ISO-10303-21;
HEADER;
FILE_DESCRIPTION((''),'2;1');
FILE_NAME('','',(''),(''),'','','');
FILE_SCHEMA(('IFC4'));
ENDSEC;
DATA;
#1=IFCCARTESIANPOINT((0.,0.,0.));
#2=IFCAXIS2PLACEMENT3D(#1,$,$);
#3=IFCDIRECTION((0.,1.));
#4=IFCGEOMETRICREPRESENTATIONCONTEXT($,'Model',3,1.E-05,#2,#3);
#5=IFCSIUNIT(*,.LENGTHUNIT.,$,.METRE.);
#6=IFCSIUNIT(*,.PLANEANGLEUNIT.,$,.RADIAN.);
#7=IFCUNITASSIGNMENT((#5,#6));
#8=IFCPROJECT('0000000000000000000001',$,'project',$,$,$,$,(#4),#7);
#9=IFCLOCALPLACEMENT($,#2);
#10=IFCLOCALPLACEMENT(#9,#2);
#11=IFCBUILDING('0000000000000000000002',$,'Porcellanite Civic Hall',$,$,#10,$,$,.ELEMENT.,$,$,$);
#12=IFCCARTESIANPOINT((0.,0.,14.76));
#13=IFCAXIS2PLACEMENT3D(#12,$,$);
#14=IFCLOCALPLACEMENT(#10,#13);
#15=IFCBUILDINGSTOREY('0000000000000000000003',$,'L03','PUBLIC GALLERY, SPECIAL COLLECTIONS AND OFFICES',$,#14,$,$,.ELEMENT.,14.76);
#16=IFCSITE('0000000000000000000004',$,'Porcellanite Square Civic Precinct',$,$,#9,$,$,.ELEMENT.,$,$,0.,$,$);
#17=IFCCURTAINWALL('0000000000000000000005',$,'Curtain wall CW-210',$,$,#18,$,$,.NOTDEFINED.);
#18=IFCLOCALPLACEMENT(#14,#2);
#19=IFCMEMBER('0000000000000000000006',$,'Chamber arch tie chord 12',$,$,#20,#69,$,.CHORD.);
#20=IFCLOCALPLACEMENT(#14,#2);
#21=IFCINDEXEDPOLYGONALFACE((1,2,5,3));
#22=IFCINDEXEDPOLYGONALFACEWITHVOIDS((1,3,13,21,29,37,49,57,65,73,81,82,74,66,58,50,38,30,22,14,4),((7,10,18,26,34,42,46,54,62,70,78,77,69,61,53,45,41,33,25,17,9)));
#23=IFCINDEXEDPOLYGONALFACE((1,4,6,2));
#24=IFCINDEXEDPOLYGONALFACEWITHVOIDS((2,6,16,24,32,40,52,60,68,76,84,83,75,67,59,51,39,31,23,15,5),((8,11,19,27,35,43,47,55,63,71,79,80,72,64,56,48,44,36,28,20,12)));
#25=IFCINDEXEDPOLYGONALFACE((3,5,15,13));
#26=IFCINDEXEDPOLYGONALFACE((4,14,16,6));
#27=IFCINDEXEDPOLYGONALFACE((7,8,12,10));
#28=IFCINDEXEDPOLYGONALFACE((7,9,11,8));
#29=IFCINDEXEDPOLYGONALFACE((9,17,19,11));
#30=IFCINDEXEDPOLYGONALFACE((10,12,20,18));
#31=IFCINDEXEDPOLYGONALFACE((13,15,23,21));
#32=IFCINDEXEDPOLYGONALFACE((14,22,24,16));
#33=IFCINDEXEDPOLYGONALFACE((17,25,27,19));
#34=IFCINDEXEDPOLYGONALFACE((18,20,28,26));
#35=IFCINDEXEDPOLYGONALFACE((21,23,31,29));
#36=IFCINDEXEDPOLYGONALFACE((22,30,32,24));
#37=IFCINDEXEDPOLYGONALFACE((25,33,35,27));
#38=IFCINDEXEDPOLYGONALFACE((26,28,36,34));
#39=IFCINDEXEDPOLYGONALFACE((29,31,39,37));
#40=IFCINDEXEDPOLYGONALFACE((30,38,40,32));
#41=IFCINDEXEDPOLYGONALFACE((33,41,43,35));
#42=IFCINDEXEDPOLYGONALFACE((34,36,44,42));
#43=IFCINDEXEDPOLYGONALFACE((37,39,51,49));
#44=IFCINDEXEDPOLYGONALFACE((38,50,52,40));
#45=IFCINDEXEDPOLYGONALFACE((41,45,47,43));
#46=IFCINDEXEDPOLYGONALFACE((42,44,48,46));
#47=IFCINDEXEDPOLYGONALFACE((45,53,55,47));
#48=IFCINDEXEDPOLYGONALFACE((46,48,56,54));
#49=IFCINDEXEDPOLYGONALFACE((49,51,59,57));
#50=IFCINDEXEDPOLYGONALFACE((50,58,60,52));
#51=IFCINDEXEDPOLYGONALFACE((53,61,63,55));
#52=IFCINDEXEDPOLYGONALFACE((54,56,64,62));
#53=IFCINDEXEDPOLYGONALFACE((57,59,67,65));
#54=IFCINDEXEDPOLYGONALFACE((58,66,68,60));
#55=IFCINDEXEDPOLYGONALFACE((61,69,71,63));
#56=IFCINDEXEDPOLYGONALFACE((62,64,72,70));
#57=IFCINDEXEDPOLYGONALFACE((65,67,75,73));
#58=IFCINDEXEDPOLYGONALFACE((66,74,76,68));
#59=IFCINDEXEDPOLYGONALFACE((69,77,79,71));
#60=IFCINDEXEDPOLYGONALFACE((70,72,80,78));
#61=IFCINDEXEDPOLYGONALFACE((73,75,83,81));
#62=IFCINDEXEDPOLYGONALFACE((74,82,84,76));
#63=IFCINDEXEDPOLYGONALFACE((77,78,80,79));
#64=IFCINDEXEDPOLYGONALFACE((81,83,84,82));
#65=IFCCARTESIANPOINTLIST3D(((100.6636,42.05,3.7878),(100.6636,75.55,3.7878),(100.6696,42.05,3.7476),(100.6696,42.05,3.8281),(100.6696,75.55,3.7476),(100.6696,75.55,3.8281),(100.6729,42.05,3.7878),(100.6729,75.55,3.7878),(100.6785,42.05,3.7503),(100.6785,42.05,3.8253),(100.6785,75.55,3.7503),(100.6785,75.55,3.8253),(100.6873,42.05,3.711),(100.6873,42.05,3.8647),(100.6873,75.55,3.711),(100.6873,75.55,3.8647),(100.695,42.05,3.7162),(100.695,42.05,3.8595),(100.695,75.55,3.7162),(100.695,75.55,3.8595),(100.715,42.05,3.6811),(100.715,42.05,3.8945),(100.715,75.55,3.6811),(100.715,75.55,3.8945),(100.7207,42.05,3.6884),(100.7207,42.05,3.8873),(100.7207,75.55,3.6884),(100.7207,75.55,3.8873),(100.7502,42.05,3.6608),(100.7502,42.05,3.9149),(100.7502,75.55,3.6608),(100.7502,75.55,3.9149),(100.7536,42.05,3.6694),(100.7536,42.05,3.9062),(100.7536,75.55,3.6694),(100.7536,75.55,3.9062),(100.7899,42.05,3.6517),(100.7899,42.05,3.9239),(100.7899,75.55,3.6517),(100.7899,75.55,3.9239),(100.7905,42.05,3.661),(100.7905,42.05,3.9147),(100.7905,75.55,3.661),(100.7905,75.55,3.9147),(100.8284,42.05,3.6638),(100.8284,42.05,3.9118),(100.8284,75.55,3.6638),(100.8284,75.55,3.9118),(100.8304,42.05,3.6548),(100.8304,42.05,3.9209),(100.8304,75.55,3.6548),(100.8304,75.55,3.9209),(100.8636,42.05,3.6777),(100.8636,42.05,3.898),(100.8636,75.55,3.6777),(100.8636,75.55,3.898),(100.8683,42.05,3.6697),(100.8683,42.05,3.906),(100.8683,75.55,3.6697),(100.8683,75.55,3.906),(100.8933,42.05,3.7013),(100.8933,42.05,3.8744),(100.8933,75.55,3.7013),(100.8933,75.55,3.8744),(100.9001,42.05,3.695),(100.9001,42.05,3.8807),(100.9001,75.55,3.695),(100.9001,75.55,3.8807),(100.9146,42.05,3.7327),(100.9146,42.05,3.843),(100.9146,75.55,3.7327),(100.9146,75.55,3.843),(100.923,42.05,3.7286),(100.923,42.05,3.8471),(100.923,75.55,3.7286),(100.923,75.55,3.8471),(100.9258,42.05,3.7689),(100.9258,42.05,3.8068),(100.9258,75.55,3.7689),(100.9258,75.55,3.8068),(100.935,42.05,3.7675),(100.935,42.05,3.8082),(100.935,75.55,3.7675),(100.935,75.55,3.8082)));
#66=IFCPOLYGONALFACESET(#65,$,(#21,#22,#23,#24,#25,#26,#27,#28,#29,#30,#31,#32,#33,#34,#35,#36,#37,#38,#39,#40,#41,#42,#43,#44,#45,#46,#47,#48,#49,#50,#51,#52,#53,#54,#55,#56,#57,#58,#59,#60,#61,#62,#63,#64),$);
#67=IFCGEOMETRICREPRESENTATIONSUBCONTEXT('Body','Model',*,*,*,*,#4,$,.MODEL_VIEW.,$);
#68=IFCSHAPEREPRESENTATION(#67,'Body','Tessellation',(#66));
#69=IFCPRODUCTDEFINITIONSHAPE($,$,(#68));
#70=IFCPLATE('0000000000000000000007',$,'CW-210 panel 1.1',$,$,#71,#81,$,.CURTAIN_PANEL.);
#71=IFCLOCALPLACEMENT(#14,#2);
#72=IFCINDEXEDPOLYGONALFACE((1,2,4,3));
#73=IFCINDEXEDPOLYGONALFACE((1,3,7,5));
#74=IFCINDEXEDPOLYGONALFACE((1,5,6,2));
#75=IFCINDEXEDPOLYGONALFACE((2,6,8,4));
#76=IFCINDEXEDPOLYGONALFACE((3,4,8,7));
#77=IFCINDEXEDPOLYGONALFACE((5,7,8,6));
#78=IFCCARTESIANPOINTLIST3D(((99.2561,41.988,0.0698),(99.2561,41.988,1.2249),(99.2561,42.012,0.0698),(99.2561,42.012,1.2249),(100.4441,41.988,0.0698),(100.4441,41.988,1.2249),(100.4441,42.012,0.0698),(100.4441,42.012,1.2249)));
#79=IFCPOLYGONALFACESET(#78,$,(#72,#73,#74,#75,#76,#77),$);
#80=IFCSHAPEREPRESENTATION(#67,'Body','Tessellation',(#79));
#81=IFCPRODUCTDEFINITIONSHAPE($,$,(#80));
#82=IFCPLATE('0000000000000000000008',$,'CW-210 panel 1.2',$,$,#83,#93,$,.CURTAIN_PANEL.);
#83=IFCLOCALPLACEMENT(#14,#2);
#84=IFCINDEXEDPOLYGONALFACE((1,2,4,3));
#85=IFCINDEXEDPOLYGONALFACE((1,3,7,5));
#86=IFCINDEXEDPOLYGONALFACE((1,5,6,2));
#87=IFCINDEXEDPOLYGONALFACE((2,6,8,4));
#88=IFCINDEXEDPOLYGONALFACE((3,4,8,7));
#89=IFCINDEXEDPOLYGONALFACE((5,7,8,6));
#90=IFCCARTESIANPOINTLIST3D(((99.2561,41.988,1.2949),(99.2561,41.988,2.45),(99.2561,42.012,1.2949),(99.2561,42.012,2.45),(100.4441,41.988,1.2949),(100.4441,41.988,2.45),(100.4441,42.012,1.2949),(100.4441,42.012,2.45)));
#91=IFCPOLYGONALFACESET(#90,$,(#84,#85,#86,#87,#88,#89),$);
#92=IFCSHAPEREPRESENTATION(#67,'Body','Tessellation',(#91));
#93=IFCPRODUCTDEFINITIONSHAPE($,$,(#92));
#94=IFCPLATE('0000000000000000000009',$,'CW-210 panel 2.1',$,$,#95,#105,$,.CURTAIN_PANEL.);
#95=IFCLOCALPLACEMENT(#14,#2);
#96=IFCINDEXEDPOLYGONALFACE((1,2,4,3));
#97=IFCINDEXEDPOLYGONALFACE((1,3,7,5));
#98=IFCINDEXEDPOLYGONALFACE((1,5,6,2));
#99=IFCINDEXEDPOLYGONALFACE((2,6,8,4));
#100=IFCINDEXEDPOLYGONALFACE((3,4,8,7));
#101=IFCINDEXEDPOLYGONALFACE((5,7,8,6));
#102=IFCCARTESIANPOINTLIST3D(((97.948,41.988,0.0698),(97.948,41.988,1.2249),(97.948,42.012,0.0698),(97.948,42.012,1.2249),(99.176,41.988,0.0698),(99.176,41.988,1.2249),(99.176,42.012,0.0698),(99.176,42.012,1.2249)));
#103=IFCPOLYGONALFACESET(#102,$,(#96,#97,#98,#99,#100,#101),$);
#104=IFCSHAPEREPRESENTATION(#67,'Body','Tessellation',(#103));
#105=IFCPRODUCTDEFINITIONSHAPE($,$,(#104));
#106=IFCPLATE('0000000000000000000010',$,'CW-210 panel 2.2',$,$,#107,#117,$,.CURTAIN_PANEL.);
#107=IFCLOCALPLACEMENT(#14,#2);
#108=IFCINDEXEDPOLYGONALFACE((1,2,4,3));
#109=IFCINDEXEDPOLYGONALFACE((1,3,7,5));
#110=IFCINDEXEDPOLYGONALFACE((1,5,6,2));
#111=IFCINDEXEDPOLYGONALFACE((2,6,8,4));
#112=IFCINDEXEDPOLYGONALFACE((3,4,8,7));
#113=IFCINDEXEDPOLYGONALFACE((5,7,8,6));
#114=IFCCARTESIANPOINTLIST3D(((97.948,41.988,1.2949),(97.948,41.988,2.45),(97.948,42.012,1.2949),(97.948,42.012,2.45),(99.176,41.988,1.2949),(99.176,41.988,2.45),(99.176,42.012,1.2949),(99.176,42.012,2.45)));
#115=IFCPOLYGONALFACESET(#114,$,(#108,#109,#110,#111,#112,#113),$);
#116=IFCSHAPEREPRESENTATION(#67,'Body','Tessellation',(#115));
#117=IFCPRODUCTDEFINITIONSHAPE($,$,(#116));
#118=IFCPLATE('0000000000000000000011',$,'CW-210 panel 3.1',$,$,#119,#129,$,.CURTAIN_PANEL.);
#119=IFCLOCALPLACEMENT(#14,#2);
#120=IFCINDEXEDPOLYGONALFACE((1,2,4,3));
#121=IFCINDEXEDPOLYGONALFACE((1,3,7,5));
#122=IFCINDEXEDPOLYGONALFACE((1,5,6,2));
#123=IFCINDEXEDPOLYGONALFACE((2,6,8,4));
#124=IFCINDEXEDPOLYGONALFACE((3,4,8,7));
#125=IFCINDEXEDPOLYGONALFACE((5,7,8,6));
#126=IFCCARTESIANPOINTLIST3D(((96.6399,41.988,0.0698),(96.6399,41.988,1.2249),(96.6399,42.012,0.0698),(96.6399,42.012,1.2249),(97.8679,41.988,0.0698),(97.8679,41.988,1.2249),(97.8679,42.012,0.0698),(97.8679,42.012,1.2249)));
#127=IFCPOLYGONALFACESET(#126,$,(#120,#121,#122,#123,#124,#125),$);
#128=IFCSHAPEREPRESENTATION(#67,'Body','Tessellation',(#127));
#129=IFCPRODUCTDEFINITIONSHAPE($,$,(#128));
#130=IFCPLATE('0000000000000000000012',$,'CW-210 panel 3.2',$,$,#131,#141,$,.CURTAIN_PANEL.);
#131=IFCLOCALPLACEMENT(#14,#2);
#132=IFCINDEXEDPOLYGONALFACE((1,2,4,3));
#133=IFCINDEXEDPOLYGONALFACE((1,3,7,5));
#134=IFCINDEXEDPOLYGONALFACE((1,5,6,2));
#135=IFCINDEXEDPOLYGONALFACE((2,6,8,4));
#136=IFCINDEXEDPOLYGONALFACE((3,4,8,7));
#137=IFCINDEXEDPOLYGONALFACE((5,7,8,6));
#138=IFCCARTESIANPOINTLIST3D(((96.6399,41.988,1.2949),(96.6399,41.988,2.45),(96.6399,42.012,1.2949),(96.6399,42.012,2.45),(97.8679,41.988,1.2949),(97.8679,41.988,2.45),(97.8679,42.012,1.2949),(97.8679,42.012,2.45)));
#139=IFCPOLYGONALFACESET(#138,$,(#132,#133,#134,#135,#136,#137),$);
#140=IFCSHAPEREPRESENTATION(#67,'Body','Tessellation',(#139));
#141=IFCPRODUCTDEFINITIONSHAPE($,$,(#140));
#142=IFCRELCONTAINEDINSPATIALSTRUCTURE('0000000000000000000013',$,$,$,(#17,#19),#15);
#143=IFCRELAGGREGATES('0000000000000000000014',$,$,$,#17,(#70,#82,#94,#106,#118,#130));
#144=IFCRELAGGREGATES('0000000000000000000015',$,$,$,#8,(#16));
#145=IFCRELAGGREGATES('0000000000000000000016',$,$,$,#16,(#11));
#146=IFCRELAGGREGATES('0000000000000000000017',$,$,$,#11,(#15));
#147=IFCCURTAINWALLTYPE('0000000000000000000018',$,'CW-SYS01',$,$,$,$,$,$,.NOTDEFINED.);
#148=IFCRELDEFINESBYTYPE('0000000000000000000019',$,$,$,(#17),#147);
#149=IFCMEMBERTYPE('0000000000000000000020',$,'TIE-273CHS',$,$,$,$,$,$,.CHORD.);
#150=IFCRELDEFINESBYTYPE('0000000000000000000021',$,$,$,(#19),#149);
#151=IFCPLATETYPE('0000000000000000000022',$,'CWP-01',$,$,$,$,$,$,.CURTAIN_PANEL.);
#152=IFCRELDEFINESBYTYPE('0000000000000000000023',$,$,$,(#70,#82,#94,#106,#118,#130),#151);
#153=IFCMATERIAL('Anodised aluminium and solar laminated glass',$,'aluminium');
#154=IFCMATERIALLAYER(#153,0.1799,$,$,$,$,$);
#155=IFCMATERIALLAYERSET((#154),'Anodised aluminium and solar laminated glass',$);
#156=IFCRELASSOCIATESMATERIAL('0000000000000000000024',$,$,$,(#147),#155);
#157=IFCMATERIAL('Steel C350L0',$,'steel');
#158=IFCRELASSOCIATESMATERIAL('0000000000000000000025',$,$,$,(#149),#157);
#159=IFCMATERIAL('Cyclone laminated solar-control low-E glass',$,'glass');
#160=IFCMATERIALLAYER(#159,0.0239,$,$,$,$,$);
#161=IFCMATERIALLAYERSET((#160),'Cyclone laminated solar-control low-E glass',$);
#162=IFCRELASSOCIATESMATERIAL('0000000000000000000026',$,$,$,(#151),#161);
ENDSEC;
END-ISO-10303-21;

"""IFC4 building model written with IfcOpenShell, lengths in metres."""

from ifc_helpers import new_model, si_unit, direction, frame, origin, origin_2d, place, context, subcontext, project, spatial, rectangle, hollow_circle, extrude, material, layer, layer_set, material_profile, profile_set, type_object, element, aggregate, save


model = new_model("IFC4")

# Units and contexts
model_context = context("Model", 3, precision=1e-05, world=origin(), true_north=direction((0.0, 1.0)))
body_context = subcontext(model_context, "Body", "Model", "MODEL_VIEW")
ifc_project = project(units=[si_unit("LENGTHUNIT", "METRE"), si_unit("PLANEANGLEUNIT", "RADIAN")], contexts=[model_context])

# Site, building, storey
site_placement = place(None, origin())
site = spatial("IfcSite", under=ifc_project, at=site_placement, Name="Porcellanite Square Civic Precinct", CompositionType="ELEMENT", RefElevation=0.0)
building_placement = place(site_placement, origin())
building = spatial("IfcBuilding", under=site, at=building_placement, Name="Porcellanite Civic Hall", CompositionType="ELEMENT")
storey_placement = place(building_placement, frame((0.0, 0.0, 14.76)))
storey = spatial("IfcBuildingStorey", under=building, at=storey_placement, Name="L03", Description="PUBLIC GALLERY, SPECIAL COLLECTIONS AND OFFICES", CompositionType="ELEMENT", Elevation=14.76)

# Curtain wall
ifc_material_1 = material(Name="Anodised aluminium and solar laminated glass", Category="aluminium")
ifc_layer_1 = layer(ifc_material_1, 0.1799)
ifc_layer_set_1 = layer_set([ifc_layer_1], Name="Anodised aluminium and solar laminated glass")
curtain_wall_type = type_object("IfcCurtainWallType", Name="CW-SYS01", PredefinedType="NOTDEFINED", material=ifc_layer_set_1)
curtain_wall_placement = place(storey_placement, origin())
curtain_wall = element("IfcCurtainWall", 1, at=curtain_wall_placement, inside=storey, type_object=curtain_wall_type, Name="Curtain wall CW-210", PredefinedType="NOTDEFINED")

# Member
ifc_material_2 = material(Name="Steel C350L0", Category="steel")
ifc_material_profile_1 = material_profile(ifc_material_2, hollow_circle(Radius=0.1365, WallThickness=0.0093, at=origin_2d()), Name="273.1x9.3CHS")
ifc_profile_set_1 = profile_set([ifc_material_profile_1], Name="Steel C350L0")
member_type_1 = type_object("IfcMemberType", Name="TIE-273CHS", PredefinedType="CHORD", material=ifc_profile_set_1)
member_1_placement = place(storey_placement, frame((100.8, 42.05, 3.7878), z_axis=(0.0, 1.0, 0.0), x_axis=(-1.0, 0.0, 0.0)))
element("IfcMember", 2, at=member_1_placement, inside=storey, type_object=member_type_1, Name="Chamber arch tie chord 12", PredefinedType="CHORD", context=body_context, shape_type="SweptSolid", body=[
    extrude(hollow_circle(Radius=0.1365, WallThickness=0.0093, at=origin_2d()), origin(), (0.0, 0.0, 1.0), 33.5),
])

# Plates
ifc_material_3 = material(Name="Cyclone laminated solar-control low-E glass", Category="glass")
ifc_layer_2 = layer(ifc_material_3, 0.0239)
ifc_layer_set_2 = layer_set([ifc_layer_2], Name="Cyclone laminated solar-control low-E glass")
plate_type = type_object("IfcPlateType", Name="CWP-01", PredefinedType="CURTAIN_PANEL", material=ifc_layer_set_2)
plate_1_placement = place(storey_placement, frame((99.8501, 42.0, 0.0698), z_axis=(0.0, 0.0, 1.0), x_axis=(-1.0, 0.0, 0.0)))
plate_1 = element("IfcPlate", 3, at=plate_1_placement, type_object=plate_type, Name="CW-210 panel 1.1", PredefinedType="CURTAIN_PANEL", context=body_context, shape_type="SweptSolid", body=[
    extrude(rectangle(XDim=1.188, YDim=0.0239, at=origin_2d()), origin(), (0.0, 0.0, 1.0), 1.155),
])
plate_2_placement = place(storey_placement, frame((99.8501, 42.0, 1.2949), z_axis=(0.0, 0.0, 1.0), x_axis=(-1.0, 0.0, 0.0)))
plate_2 = element("IfcPlate", 4, at=plate_2_placement, type_object=plate_type, Name="CW-210 panel 1.2", PredefinedType="CURTAIN_PANEL", context=body_context, shape_type="SweptSolid", body=[
    extrude(rectangle(XDim=1.188, YDim=0.0239, at=origin_2d()), origin(), (0.0, 0.0, 1.0), 1.155),
])
plate_3_placement = place(storey_placement, frame((98.562, 42.0, 0.0698), z_axis=(0.0, 0.0, 1.0), x_axis=(-1.0, 0.0, 0.0)))
plate_3 = element("IfcPlate", 5, at=plate_3_placement, type_object=plate_type, Name="CW-210 panel 2.1", PredefinedType="CURTAIN_PANEL", context=body_context, shape_type="SweptSolid", body=[
    extrude(rectangle(XDim=1.228, YDim=0.0239, at=origin_2d()), origin(), (0.0, 0.0, 1.0), 1.155),
])
plate_4_placement = place(storey_placement, frame((98.562, 42.0, 1.2949), z_axis=(0.0, 0.0, 1.0), x_axis=(-1.0, 0.0, 0.0)))
plate_4 = element("IfcPlate", 6, at=plate_4_placement, type_object=plate_type, Name="CW-210 panel 2.2", PredefinedType="CURTAIN_PANEL", context=body_context, shape_type="SweptSolid", body=[
    extrude(rectangle(XDim=1.228, YDim=0.0239, at=origin_2d()), origin(), (0.0, 0.0, 1.0), 1.155),
])
plate_5_placement = place(storey_placement, frame((97.2539, 42.0, 0.0698), z_axis=(0.0, 0.0, 1.0), x_axis=(-1.0, 0.0, 0.0)))
plate_5 = element("IfcPlate", 7, at=plate_5_placement, type_object=plate_type, Name="CW-210 panel 3.1", PredefinedType="CURTAIN_PANEL", context=body_context, shape_type="SweptSolid", body=[
    extrude(rectangle(XDim=1.228, YDim=0.0239, at=origin_2d()), origin(), (0.0, 0.0, 1.0), 1.155),
])
plate_6_placement = place(storey_placement, frame((97.2539, 42.0, 1.2949), z_axis=(0.0, 0.0, 1.0), x_axis=(-1.0, 0.0, 0.0)))
plate_6 = element("IfcPlate", 8, at=plate_6_placement, type_object=plate_type, Name="CW-210 panel 3.2", PredefinedType="CURTAIN_PANEL", context=body_context, shape_type="SweptSolid", body=[
    extrude(rectangle(XDim=1.228, YDim=0.0239, at=origin_2d()), origin(), (0.0, 0.0, 1.0), 1.155),
])
aggregate(curtain_wall, [plate_1, plate_2, plate_3, plate_4, plate_5, plate_6])

save(model, "model.ifc")
